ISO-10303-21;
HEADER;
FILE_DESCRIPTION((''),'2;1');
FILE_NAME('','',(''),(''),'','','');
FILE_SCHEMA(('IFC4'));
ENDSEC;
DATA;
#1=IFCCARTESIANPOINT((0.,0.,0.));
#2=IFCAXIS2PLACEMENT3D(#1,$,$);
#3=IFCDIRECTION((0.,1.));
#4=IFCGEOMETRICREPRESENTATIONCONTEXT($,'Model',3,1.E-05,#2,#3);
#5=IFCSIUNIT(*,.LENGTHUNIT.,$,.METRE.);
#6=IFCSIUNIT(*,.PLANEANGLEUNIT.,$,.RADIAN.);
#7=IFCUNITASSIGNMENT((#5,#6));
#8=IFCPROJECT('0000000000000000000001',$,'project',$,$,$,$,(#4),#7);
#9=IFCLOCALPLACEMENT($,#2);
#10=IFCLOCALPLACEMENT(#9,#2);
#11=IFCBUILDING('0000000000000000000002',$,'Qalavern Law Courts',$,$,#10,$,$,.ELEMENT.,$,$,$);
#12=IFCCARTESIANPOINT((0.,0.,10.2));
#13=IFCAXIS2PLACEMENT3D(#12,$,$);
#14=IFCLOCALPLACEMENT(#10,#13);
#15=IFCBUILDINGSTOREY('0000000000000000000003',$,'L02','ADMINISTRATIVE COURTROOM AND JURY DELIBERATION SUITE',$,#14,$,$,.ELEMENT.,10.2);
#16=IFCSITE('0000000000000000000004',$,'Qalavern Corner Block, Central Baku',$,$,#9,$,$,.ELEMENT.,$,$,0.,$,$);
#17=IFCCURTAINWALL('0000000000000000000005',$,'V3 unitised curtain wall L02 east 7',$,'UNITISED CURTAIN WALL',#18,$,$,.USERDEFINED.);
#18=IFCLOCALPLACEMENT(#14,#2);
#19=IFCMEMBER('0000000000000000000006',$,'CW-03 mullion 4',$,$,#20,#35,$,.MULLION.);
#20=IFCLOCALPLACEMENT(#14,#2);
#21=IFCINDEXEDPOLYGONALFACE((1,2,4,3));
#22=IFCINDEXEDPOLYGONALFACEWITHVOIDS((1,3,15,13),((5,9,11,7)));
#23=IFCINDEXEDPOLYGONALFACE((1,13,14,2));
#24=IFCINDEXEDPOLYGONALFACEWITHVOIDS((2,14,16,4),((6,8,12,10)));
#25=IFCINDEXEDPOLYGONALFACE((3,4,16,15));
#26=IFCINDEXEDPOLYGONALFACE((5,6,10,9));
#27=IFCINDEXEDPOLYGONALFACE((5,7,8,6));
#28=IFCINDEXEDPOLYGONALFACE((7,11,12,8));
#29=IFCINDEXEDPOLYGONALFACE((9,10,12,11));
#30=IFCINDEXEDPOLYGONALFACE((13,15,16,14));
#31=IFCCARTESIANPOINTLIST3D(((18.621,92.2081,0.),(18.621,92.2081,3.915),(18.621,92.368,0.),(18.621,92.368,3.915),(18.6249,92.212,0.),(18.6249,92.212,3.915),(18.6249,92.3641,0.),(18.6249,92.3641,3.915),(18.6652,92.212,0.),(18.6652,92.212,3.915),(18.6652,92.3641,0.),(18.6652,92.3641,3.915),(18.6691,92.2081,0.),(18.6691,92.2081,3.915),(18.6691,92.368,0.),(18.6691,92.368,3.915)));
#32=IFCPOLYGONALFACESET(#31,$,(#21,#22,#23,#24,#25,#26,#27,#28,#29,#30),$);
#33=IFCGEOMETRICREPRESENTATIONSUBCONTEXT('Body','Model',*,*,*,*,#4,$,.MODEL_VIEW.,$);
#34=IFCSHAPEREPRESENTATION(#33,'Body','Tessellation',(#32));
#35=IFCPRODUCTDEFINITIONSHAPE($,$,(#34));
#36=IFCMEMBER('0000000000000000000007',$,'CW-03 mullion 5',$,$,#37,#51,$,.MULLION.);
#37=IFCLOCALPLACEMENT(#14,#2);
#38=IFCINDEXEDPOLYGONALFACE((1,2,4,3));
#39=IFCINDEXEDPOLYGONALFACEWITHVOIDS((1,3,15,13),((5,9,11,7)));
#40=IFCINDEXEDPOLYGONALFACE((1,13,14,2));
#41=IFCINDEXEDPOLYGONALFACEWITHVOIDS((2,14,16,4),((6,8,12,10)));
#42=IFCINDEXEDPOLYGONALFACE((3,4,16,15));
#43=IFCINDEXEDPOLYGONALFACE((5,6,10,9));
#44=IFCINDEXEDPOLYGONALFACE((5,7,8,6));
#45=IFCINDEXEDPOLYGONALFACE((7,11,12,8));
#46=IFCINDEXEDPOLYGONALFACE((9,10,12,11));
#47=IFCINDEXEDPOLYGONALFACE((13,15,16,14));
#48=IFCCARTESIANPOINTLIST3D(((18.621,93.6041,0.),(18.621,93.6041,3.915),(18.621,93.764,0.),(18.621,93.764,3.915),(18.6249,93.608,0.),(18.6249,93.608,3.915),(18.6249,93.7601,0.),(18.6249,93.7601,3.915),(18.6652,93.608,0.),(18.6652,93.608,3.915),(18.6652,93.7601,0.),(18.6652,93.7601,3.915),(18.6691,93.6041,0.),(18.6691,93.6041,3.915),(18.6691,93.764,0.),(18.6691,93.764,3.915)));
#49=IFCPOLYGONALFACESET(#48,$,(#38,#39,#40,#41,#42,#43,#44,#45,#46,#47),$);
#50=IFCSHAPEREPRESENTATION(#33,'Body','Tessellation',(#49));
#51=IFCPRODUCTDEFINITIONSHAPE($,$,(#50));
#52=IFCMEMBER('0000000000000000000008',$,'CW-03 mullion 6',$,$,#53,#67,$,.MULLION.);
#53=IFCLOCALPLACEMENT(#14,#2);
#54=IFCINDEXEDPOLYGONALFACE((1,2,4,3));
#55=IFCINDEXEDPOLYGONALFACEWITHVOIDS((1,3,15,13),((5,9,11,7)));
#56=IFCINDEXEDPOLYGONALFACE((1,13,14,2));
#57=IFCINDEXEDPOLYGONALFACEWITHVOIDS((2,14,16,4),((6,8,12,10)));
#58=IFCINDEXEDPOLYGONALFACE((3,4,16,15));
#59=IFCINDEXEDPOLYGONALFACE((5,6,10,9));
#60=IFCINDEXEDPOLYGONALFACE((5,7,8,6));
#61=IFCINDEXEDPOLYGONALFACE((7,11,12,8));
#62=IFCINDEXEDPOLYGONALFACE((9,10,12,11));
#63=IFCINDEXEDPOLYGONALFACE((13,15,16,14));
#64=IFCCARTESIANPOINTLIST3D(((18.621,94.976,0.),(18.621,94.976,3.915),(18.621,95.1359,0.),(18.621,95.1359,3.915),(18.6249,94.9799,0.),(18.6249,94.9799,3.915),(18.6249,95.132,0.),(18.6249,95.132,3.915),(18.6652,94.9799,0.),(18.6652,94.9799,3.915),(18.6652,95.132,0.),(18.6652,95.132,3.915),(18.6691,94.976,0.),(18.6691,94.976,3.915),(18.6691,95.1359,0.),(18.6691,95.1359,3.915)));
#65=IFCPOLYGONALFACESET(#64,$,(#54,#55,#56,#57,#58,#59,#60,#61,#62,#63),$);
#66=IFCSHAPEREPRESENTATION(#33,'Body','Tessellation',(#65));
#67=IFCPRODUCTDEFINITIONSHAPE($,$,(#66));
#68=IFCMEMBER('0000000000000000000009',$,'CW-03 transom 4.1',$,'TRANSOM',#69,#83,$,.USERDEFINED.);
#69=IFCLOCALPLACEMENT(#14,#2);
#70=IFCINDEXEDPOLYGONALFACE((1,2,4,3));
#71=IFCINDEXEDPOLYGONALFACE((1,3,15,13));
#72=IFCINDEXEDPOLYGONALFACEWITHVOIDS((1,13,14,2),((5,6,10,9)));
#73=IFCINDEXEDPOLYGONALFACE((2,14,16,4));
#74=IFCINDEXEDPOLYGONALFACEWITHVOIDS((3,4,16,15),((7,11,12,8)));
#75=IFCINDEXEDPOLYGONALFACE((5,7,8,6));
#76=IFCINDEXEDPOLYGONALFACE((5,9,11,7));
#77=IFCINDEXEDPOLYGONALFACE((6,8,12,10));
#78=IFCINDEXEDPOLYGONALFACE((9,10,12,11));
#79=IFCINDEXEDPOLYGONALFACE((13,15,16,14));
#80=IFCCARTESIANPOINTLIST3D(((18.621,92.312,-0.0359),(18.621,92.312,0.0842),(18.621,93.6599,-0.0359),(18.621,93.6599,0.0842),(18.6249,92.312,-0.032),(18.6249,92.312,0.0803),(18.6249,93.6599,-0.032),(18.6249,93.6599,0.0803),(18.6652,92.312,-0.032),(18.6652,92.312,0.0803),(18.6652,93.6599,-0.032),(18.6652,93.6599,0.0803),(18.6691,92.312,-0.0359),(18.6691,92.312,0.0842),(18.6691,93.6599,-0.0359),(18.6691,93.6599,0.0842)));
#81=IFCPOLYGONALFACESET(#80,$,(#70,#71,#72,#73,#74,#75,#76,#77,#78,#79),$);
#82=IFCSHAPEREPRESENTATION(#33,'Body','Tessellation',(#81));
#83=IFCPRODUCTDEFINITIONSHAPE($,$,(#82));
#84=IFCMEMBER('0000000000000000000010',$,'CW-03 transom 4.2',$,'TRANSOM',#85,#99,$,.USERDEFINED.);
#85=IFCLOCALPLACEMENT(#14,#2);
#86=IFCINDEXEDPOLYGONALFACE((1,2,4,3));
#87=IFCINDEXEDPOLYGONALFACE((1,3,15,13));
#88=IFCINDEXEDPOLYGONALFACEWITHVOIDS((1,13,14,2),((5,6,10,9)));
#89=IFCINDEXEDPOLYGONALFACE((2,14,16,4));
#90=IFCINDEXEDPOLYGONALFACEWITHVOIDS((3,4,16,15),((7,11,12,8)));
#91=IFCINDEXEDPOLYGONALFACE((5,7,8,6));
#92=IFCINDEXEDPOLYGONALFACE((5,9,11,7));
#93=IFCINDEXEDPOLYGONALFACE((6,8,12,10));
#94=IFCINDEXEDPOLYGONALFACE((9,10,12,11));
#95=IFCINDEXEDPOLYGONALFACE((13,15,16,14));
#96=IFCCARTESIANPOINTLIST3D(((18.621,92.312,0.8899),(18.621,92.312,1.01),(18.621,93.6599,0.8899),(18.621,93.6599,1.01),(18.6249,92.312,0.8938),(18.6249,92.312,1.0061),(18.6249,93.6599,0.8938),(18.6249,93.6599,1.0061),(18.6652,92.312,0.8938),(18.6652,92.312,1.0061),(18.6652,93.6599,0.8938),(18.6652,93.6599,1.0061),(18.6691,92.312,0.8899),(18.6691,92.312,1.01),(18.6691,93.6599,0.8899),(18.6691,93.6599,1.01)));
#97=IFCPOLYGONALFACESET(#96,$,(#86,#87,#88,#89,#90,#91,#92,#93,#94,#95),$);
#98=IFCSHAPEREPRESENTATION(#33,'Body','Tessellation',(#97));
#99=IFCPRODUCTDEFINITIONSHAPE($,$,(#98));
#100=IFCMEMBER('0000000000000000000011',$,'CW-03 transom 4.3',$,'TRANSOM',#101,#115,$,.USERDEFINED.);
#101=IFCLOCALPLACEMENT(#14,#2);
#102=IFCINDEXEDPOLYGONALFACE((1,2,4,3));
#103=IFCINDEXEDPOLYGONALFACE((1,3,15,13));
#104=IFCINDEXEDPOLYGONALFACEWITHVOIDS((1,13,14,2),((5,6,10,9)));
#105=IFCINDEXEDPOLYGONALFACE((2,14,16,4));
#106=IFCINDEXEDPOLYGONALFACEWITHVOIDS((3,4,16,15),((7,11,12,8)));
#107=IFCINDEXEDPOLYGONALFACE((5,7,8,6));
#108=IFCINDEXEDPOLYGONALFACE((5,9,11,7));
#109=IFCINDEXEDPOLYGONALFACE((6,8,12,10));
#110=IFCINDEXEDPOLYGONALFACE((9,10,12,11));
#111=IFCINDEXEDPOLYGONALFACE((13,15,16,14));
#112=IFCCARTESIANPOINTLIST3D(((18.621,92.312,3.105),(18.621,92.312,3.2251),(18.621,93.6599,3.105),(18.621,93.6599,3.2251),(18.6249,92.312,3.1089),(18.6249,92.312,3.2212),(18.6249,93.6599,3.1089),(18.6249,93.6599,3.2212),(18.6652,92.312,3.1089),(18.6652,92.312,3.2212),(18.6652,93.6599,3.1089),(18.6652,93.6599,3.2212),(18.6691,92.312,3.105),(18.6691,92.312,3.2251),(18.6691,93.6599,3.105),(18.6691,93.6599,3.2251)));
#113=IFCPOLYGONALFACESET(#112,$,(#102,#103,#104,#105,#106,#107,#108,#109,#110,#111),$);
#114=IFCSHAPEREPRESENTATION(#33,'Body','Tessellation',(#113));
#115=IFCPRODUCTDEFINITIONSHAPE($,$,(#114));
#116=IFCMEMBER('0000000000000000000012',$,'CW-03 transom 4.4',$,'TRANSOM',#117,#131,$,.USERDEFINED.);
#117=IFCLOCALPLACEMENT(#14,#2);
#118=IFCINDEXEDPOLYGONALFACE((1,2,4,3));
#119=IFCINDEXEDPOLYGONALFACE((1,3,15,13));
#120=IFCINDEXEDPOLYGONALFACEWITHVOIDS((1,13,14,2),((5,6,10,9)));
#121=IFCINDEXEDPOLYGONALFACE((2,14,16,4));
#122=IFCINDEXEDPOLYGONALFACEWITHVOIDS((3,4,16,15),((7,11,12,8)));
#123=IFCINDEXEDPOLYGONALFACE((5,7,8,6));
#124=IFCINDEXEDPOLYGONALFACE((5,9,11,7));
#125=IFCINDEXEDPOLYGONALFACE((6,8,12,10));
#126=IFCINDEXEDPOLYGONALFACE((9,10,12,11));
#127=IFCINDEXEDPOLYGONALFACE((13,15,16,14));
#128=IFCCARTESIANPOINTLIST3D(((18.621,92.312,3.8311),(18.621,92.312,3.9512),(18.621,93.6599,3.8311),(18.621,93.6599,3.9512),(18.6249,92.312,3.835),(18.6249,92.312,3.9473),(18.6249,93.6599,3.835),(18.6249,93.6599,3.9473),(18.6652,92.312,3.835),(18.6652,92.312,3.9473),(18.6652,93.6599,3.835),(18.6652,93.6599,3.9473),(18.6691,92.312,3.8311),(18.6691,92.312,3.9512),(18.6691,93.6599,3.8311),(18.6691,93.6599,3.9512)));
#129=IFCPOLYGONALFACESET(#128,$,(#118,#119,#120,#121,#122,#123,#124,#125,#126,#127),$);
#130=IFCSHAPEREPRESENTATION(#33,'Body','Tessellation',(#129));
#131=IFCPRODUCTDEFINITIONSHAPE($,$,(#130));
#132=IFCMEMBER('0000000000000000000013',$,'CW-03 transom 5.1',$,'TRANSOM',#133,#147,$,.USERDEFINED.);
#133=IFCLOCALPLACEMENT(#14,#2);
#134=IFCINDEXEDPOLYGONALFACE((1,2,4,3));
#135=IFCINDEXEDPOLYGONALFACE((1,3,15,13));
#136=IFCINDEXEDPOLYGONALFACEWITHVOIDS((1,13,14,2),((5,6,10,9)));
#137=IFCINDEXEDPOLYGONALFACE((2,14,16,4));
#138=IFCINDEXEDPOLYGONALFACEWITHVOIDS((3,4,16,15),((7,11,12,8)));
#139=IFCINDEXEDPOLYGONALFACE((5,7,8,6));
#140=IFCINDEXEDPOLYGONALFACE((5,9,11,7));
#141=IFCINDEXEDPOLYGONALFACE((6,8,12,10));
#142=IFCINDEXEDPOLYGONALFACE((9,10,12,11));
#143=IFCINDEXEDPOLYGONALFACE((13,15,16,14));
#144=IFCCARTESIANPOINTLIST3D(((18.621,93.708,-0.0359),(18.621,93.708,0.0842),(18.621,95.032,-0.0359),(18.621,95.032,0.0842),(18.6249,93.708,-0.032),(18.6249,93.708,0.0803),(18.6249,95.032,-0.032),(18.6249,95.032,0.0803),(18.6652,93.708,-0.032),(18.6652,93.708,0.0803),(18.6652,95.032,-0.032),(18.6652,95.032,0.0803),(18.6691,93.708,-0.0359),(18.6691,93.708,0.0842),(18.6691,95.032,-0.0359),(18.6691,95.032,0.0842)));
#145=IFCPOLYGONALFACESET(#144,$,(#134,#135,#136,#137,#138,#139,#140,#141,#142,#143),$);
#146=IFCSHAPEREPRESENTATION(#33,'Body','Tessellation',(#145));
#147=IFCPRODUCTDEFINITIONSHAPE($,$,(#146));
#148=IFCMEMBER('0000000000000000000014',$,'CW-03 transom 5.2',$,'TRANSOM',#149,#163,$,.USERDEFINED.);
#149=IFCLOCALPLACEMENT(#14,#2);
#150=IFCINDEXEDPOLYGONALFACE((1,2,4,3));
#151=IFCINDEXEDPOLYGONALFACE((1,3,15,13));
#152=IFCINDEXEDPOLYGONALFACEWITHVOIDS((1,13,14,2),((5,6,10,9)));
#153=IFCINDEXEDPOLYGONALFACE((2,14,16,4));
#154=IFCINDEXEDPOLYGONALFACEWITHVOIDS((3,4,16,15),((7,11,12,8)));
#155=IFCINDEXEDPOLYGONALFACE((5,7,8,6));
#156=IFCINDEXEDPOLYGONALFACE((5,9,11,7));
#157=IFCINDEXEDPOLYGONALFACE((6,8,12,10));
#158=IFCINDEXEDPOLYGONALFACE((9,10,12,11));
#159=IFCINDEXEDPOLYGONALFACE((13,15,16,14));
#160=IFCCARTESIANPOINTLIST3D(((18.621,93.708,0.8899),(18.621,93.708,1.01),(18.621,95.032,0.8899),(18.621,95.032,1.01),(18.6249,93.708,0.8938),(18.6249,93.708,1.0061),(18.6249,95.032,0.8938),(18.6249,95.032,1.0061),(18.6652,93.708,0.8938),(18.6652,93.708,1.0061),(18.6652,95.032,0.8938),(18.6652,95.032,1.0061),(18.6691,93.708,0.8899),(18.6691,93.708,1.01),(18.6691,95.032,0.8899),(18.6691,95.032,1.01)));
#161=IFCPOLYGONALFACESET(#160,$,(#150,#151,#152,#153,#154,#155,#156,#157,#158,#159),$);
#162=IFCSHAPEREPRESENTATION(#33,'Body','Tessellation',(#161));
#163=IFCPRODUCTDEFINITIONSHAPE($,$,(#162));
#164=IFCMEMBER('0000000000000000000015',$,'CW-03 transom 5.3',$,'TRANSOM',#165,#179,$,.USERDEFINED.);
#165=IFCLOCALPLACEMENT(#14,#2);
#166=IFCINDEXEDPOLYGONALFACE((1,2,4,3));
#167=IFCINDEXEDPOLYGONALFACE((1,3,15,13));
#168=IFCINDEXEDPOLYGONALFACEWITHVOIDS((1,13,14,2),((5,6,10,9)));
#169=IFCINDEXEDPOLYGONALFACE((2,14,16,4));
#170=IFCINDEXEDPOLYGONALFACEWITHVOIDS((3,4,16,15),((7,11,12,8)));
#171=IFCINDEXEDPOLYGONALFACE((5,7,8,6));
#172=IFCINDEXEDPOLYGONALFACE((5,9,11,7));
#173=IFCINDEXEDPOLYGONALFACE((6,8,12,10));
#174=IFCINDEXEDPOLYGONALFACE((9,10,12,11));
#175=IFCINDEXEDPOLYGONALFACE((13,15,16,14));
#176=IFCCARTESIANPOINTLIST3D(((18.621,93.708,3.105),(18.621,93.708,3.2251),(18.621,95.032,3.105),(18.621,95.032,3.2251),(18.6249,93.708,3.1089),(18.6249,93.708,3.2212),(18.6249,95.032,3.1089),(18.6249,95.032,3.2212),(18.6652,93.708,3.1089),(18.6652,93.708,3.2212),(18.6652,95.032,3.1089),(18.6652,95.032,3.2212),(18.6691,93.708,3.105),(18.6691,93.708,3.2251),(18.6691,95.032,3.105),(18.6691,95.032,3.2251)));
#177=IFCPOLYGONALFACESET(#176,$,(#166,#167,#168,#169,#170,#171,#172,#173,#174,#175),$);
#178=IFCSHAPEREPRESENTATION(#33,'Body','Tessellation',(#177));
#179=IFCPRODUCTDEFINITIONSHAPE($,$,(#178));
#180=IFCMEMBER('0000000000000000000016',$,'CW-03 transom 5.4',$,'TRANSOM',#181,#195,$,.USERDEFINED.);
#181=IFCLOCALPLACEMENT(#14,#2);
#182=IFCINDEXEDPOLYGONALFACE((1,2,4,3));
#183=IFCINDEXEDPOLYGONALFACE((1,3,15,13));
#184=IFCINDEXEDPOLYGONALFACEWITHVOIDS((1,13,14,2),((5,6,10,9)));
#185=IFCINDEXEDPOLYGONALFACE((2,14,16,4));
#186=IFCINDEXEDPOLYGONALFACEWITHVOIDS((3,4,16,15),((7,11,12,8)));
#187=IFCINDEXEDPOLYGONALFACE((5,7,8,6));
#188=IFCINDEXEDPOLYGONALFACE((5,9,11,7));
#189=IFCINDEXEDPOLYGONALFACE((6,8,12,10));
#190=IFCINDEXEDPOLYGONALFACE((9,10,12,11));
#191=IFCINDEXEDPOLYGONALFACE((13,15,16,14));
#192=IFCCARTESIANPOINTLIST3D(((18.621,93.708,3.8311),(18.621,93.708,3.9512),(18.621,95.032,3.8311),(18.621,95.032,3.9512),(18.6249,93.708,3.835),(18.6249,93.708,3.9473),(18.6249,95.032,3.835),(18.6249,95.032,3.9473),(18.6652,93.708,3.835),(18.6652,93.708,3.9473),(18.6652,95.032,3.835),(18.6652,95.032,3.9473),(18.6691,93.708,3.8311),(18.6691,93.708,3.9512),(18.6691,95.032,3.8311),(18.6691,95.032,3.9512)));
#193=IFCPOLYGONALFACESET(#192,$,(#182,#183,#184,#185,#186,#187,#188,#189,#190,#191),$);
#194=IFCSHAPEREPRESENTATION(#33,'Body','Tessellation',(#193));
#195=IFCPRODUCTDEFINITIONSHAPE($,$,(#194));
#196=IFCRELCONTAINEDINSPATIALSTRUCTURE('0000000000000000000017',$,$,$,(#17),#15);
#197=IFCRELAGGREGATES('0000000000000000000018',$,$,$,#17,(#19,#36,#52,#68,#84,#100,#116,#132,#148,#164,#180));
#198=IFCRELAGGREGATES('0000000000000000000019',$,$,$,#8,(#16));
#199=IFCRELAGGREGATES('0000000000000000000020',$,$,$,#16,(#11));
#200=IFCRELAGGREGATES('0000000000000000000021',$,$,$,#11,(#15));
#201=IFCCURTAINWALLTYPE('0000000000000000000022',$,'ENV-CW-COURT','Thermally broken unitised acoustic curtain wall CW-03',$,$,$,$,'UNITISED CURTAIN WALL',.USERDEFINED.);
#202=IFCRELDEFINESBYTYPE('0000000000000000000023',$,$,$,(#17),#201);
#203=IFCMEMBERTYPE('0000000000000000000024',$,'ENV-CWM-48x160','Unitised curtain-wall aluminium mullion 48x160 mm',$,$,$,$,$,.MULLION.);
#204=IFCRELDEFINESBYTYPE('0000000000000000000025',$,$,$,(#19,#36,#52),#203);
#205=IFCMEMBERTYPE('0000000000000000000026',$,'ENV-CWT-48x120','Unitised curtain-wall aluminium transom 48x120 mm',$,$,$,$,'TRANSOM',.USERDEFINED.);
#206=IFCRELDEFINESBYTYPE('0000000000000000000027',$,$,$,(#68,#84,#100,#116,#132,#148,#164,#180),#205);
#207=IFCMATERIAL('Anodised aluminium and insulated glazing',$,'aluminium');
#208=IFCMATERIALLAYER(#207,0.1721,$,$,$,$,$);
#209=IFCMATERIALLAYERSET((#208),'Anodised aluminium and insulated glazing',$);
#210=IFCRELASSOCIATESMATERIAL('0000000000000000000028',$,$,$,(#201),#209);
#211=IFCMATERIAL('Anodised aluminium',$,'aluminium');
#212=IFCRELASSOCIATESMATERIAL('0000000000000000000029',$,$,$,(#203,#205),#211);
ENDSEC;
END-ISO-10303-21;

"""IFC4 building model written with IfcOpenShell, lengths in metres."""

from ifc_helpers import new_model, si_unit, direction, frame, origin, origin_2d, place, context, subcontext, project, spatial, hollow_rectangle, extrude, material, layer, layer_set, material_profile, profile_set, type_object, element, aggregate, save


model = new_model("IFC4")

# Units and contexts
model_context = context("Model", 3, precision=1e-05, world=origin(), true_north=direction((0.0, 1.0)))
body_context = subcontext(model_context, "Body", "Model", "MODEL_VIEW")
ifc_project = project(units=[si_unit("LENGTHUNIT", "METRE"), si_unit("PLANEANGLEUNIT", "RADIAN")], contexts=[model_context])

# Site, building, storey
site_placement = place(None, origin())
site = spatial("IfcSite", under=ifc_project, at=site_placement, Name="Qalavern Corner Block, Central Baku", CompositionType="ELEMENT", RefElevation=0.0)
building_placement = place(site_placement, origin())
building = spatial("IfcBuilding", under=site, at=building_placement, Name="Qalavern Law Courts", CompositionType="ELEMENT")
storey_placement = place(building_placement, frame((0.0, 0.0, 10.2)))
storey = spatial("IfcBuildingStorey", under=building, at=storey_placement, Name="L02", Description="ADMINISTRATIVE COURTROOM AND JURY DELIBERATION SUITE", CompositionType="ELEMENT", Elevation=10.2)

# Curtain wall, members
ifc_material_1 = material(Name="Anodised aluminium and insulated glazing", Category="aluminium")
ifc_layer_1 = layer(ifc_material_1, 0.1721)
ifc_layer_set_1 = layer_set([ifc_layer_1], Name="Anodised aluminium and insulated glazing")
curtain_wall_type = type_object("IfcCurtainWallType", Name="ENV-CW-COURT", Description="Thermally broken unitised acoustic curtain wall CW-03", ElementType="UNITISED CURTAIN WALL", PredefinedType="USERDEFINED", material=ifc_layer_set_1)
curtain_wall_placement = place(storey_placement, origin())
curtain_wall = element("IfcCurtainWall", 1, at=curtain_wall_placement, inside=storey, type_object=curtain_wall_type, Name="V3 unitised curtain wall L02 east 7", ObjectType="UNITISED CURTAIN WALL", PredefinedType="USERDEFINED")
ifc_material_2 = material(Name="Anodised aluminium", Category="aluminium")
ifc_material_profile_1 = material_profile(ifc_material_2, hollow_rectangle(XDim=0.0481, YDim=0.1599, WallThickness=0.0039, at=origin_2d()), Name="ALU MULLION 48x160")
ifc_profile_set_1 = profile_set([ifc_material_profile_1], Name="Anodised aluminium")
member_type_1 = type_object("IfcMemberType", Name="ENV-CWM-48x160", Description="Unitised curtain-wall aluminium mullion 48x160 mm", PredefinedType="MULLION", material=ifc_profile_set_1)
member_1_placement = place(storey_placement, frame((18.645, 92.2881, 0.0), z_axis=(0.0, 0.0, 1.0), x_axis=(-1.0, 0.0, 0.0)))
member_1 = element("IfcMember", 2, at=member_1_placement, type_object=member_type_1, Name="CW-03 mullion 4", PredefinedType="MULLION", context=body_context, shape_type="SweptSolid", body=[
    extrude(hollow_rectangle(XDim=0.0481, YDim=0.1599, WallThickness=0.0039, at=origin_2d()), origin(), (0.0, 0.0, 1.0), 3.915),
])
member_2_placement = place(storey_placement, frame((18.645, 93.6841, 0.0), z_axis=(0.0, 0.0, 1.0), x_axis=(-1.0, 0.0, 0.0)))
member_2 = element("IfcMember", 3, at=member_2_placement, type_object=member_type_1, Name="CW-03 mullion 5", PredefinedType="MULLION", context=body_context, shape_type="SweptSolid", body=[
    extrude(hollow_rectangle(XDim=0.0481, YDim=0.1599, WallThickness=0.0039, at=origin_2d()), origin(), (0.0, 0.0, 1.0), 3.915),
])
member_3_placement = place(storey_placement, frame((18.645, 95.0559, 0.0), z_axis=(0.0, 0.0, 1.0), x_axis=(-1.0, 0.0, 0.0)))
member_3 = element("IfcMember", 4, at=member_3_placement, type_object=member_type_1, Name="CW-03 mullion 6", PredefinedType="MULLION", context=body_context, shape_type="SweptSolid", body=[
    extrude(hollow_rectangle(XDim=0.0481, YDim=0.1599, WallThickness=0.0039, at=origin_2d()), origin(), (0.0, 0.0, 1.0), 3.915),
])
ifc_material_profile_2 = material_profile(ifc_material_2, hollow_rectangle(XDim=0.0481, YDim=0.1201, WallThickness=0.0039, at=origin_2d()), Name="ALU TRANSOM 48x120")
ifc_profile_set_2 = profile_set([ifc_material_profile_2], Name="Anodised aluminium")
member_type_2 = type_object("IfcMemberType", Name="ENV-CWT-48x120", Description="Unitised curtain-wall aluminium transom 48x120 mm", ElementType="TRANSOM", PredefinedType="USERDEFINED", material=ifc_profile_set_2)
member_4_placement = place(storey_placement, frame((18.645, 92.312, 0.0242), z_axis=(0.0, 1.0, 0.0), x_axis=(-1.0, 0.0, 0.0)))
member_4 = element("IfcMember", 5, at=member_4_placement, type_object=member_type_2, Name="CW-03 transom 4.1", ObjectType="TRANSOM", PredefinedType="USERDEFINED", context=body_context, shape_type="SweptSolid", body=[
    extrude(hollow_rectangle(XDim=0.0481, YDim=0.1201, WallThickness=0.0039, at=origin_2d()), origin(), (0.0, 0.0, 1.0), 1.3479),
])
member_5_placement = place(storey_placement, frame((18.645, 92.312, 0.95), z_axis=(0.0, 1.0, 0.0), x_axis=(-1.0, 0.0, 0.0)))
member_5 = element("IfcMember", 6, at=member_5_placement, type_object=member_type_2, Name="CW-03 transom 4.2", ObjectType="TRANSOM", PredefinedType="USERDEFINED", context=body_context, shape_type="SweptSolid", body=[
    extrude(hollow_rectangle(XDim=0.0481, YDim=0.1201, WallThickness=0.0039, at=origin_2d()), origin(), (0.0, 0.0, 1.0), 1.3479),
])
member_6_placement = place(storey_placement, frame((18.645, 92.312, 3.165), z_axis=(0.0, 1.0, 0.0), x_axis=(-1.0, 0.0, 0.0)))
member_6 = element("IfcMember", 7, at=member_6_placement, type_object=member_type_2, Name="CW-03 transom 4.3", ObjectType="TRANSOM", PredefinedType="USERDEFINED", context=body_context, shape_type="SweptSolid", body=[
    extrude(hollow_rectangle(XDim=0.0481, YDim=0.1201, WallThickness=0.0039, at=origin_2d()), origin(), (0.0, 0.0, 1.0), 1.3479),
])
member_7_placement = place(storey_placement, frame((18.645, 92.312, 3.8911), z_axis=(0.0, 1.0, 0.0), x_axis=(-1.0, 0.0, 0.0)))
member_7 = element("IfcMember", 8, at=member_7_placement, type_object=member_type_2, Name="CW-03 transom 4.4", ObjectType="TRANSOM", PredefinedType="USERDEFINED", context=body_context, shape_type="SweptSolid", body=[
    extrude(hollow_rectangle(XDim=0.0481, YDim=0.1201, WallThickness=0.0039, at=origin_2d()), origin(), (0.0, 0.0, 1.0), 1.3479),
])
member_8_placement = place(storey_placement, frame((18.645, 93.708, 0.0242), z_axis=(0.0, 1.0, 0.0), x_axis=(-1.0, 0.0, 0.0)))
member_8 = element("IfcMember", 9, at=member_8_placement, type_object=member_type_2, Name="CW-03 transom 5.1", ObjectType="TRANSOM", PredefinedType="USERDEFINED", context=body_context, shape_type="SweptSolid", body=[
    extrude(hollow_rectangle(XDim=0.0481, YDim=0.1201, WallThickness=0.0039, at=origin_2d()), origin(), (0.0, 0.0, 1.0), 1.324),
])
member_9_placement = place(storey_placement, frame((18.645, 93.708, 0.95), z_axis=(0.0, 1.0, 0.0), x_axis=(-1.0, 0.0, 0.0)))
member_9 = element("IfcMember", 10, at=member_9_placement, type_object=member_type_2, Name="CW-03 transom 5.2", ObjectType="TRANSOM", PredefinedType="USERDEFINED", context=body_context, shape_type="SweptSolid", body=[
    extrude(hollow_rectangle(XDim=0.0481, YDim=0.1201, WallThickness=0.0039, at=origin_2d()), origin(), (0.0, 0.0, 1.0), 1.324),
])
member_10_placement = place(storey_placement, frame((18.645, 93.708, 3.165), z_axis=(0.0, 1.0, 0.0), x_axis=(-1.0, 0.0, 0.0)))
member_10 = element("IfcMember", 11, at=member_10_placement, type_object=member_type_2, Name="CW-03 transom 5.3", ObjectType="TRANSOM", PredefinedType="USERDEFINED", context=body_context, shape_type="SweptSolid", body=[
    extrude(hollow_rectangle(XDim=0.0481, YDim=0.1201, WallThickness=0.0039, at=origin_2d()), origin(), (0.0, 0.0, 1.0), 1.324),
])
member_11_placement = place(storey_placement, frame((18.645, 93.708, 3.8911), z_axis=(0.0, 1.0, 0.0), x_axis=(-1.0, 0.0, 0.0)))
member_11 = element("IfcMember", 12, at=member_11_placement, type_object=member_type_2, Name="CW-03 transom 5.4", ObjectType="TRANSOM", PredefinedType="USERDEFINED", context=body_context, shape_type="SweptSolid", body=[
    extrude(hollow_rectangle(XDim=0.0481, YDim=0.1201, WallThickness=0.0039, at=origin_2d()), origin(), (0.0, 0.0, 1.0), 1.324),
])
aggregate(curtain_wall, [member_1, member_2, member_3, member_4, member_5, member_6, member_7, member_8, member_9, member_10, member_11])

save(model, "model.ifc")
